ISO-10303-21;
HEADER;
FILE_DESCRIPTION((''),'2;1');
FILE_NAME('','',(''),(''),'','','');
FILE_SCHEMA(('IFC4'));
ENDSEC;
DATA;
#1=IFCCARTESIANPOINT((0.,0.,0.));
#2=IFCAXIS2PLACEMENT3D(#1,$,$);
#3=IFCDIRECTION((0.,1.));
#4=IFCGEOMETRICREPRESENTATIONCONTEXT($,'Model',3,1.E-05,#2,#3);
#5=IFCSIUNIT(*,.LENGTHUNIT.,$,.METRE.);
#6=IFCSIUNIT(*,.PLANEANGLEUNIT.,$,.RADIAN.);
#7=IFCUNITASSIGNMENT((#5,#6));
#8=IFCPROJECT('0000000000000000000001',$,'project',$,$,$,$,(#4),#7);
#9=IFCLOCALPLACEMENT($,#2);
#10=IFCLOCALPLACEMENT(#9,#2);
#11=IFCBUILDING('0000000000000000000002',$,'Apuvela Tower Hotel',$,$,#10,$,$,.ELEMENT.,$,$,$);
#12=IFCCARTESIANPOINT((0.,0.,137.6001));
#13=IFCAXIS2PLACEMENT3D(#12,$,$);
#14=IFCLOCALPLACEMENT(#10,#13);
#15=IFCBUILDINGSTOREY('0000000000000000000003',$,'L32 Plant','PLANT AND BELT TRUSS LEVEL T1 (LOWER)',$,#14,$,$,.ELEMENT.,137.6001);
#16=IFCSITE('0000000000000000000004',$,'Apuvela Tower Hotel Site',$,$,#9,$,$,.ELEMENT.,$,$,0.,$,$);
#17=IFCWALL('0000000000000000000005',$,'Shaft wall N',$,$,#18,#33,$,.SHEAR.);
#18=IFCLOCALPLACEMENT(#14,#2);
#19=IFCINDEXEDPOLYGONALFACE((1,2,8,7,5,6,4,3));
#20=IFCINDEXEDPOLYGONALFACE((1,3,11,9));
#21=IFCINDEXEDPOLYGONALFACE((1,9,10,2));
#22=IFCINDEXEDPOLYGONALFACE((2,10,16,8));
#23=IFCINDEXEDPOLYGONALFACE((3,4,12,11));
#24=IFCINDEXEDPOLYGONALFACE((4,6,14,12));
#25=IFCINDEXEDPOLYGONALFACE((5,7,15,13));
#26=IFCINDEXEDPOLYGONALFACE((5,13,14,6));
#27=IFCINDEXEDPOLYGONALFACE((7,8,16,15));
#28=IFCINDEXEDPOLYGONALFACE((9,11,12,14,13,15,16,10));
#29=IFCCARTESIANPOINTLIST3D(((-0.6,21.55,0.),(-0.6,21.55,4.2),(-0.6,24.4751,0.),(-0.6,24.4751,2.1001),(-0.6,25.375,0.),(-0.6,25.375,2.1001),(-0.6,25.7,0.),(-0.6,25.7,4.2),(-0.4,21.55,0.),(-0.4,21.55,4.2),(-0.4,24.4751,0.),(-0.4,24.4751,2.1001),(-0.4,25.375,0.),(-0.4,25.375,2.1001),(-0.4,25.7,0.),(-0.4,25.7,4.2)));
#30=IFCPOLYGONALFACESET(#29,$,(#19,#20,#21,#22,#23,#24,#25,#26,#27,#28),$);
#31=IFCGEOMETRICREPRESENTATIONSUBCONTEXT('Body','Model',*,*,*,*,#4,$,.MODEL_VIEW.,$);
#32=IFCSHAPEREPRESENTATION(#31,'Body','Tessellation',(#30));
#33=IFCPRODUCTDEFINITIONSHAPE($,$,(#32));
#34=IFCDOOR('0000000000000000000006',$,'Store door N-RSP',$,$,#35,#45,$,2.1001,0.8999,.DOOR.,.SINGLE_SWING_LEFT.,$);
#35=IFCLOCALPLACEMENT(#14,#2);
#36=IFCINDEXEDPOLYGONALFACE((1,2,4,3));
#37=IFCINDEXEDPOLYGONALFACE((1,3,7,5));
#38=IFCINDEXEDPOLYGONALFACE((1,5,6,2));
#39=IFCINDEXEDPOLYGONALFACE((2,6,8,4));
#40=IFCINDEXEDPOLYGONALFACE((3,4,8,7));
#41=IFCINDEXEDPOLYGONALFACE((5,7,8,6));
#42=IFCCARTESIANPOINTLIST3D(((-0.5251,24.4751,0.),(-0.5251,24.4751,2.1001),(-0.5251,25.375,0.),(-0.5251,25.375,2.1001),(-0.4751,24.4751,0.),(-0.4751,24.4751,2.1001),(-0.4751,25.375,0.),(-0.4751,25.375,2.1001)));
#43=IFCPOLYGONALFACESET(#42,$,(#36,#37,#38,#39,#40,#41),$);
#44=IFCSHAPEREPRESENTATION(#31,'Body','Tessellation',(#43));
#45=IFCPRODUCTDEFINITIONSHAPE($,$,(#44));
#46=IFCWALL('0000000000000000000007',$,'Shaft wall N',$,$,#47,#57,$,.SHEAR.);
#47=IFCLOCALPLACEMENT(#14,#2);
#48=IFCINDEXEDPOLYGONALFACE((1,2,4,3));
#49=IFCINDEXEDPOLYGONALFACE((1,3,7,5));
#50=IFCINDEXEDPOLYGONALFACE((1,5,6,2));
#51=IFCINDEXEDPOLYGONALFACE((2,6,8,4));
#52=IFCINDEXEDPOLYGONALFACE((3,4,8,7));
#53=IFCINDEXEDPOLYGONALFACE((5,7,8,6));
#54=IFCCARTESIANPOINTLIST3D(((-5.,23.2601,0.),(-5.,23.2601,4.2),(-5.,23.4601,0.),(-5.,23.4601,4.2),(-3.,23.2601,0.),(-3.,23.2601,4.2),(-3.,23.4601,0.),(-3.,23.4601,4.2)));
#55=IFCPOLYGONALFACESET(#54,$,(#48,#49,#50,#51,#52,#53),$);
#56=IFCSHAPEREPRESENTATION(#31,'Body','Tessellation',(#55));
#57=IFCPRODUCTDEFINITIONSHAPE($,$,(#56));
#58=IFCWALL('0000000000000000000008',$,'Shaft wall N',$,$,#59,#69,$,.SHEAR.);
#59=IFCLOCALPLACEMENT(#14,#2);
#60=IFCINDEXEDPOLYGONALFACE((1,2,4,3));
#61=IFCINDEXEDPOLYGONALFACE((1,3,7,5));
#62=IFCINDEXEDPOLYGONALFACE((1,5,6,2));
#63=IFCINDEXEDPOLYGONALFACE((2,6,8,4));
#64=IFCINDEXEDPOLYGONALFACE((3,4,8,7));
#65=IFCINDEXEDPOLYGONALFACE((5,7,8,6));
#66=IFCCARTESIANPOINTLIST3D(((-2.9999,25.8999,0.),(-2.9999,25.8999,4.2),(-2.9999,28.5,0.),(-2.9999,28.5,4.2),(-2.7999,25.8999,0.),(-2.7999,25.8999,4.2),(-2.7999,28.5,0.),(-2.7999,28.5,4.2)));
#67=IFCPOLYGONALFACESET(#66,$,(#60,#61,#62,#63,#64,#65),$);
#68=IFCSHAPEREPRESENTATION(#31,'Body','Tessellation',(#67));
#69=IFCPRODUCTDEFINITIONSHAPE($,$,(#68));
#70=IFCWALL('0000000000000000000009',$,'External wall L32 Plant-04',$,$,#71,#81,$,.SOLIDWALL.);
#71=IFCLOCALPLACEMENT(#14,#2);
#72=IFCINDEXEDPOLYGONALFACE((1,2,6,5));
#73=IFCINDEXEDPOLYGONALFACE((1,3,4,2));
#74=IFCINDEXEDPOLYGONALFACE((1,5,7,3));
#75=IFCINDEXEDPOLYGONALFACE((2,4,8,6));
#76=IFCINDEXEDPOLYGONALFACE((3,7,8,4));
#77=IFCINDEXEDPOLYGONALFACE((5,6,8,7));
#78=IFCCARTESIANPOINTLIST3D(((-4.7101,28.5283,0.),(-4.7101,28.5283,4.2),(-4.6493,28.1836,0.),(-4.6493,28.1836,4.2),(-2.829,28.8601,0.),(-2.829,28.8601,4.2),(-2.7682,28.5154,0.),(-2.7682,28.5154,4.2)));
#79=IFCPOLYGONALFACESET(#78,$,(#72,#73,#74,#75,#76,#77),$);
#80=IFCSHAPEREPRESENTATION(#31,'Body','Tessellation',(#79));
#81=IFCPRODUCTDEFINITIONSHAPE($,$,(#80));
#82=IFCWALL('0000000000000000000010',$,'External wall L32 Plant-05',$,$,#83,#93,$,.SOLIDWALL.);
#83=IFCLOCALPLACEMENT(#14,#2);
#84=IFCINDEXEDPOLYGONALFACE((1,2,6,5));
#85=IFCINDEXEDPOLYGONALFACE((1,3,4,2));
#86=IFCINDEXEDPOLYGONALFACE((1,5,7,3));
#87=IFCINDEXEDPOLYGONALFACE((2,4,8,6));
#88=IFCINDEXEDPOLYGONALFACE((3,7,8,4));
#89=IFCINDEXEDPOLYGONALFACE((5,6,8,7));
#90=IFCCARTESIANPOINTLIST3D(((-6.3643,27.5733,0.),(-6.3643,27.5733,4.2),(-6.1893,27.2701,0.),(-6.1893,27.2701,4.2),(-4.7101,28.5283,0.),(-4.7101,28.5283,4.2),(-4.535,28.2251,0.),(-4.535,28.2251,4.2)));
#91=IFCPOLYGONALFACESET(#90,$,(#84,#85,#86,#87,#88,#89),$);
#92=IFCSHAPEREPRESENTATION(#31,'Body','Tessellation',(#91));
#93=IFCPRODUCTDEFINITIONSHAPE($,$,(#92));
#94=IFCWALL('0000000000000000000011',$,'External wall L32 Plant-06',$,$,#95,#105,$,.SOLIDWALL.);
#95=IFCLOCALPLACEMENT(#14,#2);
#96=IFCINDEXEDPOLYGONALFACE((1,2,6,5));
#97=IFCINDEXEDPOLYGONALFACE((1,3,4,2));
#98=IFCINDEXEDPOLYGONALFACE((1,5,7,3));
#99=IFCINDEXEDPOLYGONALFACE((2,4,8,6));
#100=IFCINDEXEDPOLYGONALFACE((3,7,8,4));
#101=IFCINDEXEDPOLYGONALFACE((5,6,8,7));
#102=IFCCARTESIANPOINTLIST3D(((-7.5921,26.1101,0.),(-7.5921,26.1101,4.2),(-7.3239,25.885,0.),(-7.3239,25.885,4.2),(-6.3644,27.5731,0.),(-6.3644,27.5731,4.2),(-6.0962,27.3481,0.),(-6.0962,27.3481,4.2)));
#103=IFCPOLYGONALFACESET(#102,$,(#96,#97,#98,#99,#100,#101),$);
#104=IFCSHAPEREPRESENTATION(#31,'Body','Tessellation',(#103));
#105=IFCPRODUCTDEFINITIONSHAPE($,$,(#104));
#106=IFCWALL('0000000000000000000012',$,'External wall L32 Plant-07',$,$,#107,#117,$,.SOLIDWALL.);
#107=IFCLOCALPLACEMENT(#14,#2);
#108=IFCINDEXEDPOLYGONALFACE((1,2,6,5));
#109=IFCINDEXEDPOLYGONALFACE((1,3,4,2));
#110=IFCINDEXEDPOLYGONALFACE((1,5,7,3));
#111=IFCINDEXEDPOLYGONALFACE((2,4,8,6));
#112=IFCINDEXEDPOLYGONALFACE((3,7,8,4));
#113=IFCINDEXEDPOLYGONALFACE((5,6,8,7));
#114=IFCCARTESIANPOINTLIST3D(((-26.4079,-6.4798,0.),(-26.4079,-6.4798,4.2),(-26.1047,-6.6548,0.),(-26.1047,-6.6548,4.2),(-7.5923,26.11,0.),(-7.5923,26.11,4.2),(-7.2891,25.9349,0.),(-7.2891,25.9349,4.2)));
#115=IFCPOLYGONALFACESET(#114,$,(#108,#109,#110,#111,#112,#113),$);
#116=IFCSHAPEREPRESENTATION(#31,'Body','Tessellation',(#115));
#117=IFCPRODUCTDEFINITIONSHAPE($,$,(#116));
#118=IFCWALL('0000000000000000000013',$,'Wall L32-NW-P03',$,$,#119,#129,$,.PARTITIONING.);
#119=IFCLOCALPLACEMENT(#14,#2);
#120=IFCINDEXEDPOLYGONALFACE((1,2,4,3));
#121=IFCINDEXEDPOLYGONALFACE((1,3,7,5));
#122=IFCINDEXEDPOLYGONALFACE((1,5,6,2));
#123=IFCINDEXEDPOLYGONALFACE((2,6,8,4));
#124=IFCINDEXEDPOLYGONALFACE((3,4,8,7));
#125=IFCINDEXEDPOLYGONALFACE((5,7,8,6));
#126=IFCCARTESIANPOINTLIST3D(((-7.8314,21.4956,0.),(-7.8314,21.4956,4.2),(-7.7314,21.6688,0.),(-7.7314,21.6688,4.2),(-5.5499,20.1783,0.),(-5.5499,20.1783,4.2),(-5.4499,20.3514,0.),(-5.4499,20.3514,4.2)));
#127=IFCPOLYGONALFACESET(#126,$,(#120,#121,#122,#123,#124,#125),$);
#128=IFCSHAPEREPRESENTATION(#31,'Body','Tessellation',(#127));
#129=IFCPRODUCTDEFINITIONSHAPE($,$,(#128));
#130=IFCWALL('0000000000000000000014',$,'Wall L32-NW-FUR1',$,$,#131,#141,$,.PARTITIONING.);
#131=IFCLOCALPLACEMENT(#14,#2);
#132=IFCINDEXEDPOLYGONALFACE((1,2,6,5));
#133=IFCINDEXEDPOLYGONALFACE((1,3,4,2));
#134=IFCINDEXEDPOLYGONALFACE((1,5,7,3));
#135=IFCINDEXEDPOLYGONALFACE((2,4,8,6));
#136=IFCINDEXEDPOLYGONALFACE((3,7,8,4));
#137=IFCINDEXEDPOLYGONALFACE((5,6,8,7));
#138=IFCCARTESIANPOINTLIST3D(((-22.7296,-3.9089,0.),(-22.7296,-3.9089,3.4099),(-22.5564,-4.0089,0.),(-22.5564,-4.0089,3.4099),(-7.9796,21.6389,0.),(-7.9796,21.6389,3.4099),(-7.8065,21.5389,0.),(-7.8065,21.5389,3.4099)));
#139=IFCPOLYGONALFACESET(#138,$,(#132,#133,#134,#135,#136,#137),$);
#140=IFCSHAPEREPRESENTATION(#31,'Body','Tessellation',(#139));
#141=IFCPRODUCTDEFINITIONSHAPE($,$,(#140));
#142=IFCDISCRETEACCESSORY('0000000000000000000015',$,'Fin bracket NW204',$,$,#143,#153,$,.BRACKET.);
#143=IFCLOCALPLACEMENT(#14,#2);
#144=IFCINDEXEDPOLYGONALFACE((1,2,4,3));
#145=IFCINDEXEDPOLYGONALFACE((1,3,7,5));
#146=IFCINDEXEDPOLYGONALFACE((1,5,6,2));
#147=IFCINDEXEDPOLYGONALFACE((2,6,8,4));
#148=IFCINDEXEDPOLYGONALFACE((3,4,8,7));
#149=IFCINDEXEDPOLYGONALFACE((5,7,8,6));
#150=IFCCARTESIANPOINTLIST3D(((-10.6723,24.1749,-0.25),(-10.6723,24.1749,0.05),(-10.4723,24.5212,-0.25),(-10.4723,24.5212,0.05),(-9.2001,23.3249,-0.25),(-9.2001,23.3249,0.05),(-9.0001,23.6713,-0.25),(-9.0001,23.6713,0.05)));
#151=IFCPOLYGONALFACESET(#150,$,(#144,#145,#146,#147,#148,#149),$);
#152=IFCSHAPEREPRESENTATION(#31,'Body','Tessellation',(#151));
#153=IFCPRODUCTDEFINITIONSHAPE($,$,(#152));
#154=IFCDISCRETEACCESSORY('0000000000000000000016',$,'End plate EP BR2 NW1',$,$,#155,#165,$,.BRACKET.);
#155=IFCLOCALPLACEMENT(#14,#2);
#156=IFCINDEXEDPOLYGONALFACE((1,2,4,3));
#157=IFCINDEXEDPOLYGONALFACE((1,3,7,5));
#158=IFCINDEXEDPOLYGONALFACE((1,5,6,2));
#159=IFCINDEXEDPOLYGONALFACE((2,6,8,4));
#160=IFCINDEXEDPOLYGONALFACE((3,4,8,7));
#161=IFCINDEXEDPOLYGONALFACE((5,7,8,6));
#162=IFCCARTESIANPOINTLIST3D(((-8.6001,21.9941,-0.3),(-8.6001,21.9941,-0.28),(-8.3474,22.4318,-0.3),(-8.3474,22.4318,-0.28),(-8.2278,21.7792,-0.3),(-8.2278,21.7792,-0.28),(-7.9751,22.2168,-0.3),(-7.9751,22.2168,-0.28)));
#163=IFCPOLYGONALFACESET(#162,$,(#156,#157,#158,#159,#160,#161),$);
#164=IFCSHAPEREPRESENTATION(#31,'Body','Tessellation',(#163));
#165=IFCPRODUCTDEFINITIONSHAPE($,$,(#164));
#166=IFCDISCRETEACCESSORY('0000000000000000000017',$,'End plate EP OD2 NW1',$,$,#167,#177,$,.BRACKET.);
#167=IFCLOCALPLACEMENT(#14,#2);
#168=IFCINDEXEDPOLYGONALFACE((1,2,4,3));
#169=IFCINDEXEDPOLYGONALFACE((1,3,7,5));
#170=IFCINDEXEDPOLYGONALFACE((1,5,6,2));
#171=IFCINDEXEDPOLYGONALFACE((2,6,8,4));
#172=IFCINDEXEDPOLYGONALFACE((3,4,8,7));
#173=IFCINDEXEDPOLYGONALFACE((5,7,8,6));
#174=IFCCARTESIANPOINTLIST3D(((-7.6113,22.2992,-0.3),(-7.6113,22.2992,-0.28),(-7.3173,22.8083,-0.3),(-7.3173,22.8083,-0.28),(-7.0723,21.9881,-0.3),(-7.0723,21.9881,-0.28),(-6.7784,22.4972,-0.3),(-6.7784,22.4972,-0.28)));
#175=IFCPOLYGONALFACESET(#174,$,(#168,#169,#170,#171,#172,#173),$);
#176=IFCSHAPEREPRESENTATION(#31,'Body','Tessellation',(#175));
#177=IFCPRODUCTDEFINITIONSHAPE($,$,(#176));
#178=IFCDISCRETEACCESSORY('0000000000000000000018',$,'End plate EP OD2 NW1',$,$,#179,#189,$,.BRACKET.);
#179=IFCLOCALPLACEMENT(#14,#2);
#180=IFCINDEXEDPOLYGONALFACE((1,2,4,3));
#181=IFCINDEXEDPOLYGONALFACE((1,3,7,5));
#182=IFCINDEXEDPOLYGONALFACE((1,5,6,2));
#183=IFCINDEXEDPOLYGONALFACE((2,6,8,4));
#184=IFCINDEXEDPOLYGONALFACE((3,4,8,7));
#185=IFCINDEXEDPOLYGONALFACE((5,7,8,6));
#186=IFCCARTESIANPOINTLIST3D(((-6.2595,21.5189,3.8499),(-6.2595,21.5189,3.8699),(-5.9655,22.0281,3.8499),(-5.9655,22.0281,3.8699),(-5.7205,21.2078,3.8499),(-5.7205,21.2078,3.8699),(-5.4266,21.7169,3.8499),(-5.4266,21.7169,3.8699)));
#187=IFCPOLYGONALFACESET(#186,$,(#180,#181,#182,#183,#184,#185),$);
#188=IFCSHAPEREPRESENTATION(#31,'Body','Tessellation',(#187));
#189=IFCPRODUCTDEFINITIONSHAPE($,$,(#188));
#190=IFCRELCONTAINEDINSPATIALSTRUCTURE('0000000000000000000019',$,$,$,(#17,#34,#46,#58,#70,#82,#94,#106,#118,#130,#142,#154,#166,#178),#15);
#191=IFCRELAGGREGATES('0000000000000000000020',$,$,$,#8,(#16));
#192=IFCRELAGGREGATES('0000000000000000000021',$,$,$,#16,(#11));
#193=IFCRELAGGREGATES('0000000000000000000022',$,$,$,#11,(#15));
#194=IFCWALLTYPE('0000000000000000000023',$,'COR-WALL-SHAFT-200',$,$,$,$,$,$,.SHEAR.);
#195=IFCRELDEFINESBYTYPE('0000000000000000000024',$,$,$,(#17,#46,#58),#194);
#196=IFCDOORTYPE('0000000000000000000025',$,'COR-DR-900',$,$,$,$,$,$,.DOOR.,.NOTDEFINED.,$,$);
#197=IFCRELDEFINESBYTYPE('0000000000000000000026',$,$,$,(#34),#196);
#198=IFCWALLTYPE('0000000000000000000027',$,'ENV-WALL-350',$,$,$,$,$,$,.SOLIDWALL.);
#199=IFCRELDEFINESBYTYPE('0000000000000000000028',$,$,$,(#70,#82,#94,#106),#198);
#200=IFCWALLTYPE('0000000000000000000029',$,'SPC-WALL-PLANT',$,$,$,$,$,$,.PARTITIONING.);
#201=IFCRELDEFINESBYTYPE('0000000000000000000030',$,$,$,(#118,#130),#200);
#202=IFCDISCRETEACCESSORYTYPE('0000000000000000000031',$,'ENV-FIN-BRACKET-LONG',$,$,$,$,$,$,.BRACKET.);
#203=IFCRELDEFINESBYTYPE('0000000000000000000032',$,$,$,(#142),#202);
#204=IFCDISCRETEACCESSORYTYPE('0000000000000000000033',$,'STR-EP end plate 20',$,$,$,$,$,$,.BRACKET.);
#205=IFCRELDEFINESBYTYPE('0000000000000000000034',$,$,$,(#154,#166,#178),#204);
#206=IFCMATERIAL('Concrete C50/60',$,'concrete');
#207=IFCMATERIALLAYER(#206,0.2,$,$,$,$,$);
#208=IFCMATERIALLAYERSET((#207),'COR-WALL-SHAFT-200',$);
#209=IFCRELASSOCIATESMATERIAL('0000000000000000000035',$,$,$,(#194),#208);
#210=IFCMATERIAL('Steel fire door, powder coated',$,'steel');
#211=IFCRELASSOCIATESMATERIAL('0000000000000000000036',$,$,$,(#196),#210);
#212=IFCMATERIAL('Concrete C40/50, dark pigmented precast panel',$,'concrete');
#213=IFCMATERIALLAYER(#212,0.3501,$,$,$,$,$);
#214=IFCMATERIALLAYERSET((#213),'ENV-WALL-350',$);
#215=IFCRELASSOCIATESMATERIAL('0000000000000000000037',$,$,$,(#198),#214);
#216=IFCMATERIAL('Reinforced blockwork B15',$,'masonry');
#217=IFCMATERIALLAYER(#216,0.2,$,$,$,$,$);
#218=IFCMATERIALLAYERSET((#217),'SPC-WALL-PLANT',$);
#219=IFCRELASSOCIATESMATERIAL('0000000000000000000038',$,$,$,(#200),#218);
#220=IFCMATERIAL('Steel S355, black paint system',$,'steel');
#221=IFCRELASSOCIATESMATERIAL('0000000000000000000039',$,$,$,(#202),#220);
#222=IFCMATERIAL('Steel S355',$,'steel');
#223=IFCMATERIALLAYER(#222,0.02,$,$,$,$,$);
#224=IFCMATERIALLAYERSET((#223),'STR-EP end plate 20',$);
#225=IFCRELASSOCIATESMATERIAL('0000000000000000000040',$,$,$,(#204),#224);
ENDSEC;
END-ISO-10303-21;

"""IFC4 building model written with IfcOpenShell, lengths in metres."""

from ifc_helpers import new_model, si_unit, direction, frame, frame_2d, origin, origin_2d, place, context, subcontext, project, spatial, rectangle, extrude, material, layer, layer_set, type_object, element, fill, save


model = new_model("IFC4")

# Units and contexts
model_context = context("Model", 3, precision=1e-05, world=origin(), true_north=direction((0.0, 1.0)))
body_context = subcontext(model_context, "Body", "Model", "MODEL_VIEW")
ifc_project = project(units=[si_unit("LENGTHUNIT", "METRE"), si_unit("PLANEANGLEUNIT", "RADIAN")], contexts=[model_context])

# Site, building, storey
site_placement = place(None, origin())
site = spatial("IfcSite", under=ifc_project, at=site_placement, Name="Apuvela Tower Hotel Site", CompositionType="ELEMENT", RefElevation=0.0)
building_placement = place(site_placement, origin())
building = spatial("IfcBuilding", under=site, at=building_placement, Name="Apuvela Tower Hotel", CompositionType="ELEMENT")
storey_placement = place(building_placement, frame((0.0, 0.0, 137.6001)))
storey = spatial("IfcBuildingStorey", under=building, at=storey_placement, Name="L32 Plant", Description="PLANT AND BELT TRUSS LEVEL T1 (LOWER)", CompositionType="ELEMENT", Elevation=137.6001)

# Shared definitions
ifc_material_1 = material(Name="Steel S355", Category="steel")

# Shared definitions
ifc_material_2 = material(Name="Concrete C50/60", Category="concrete")
ifc_layer_1 = layer(ifc_material_2, 0.2)
ifc_layer_set_1 = layer_set([ifc_layer_1], Name="COR-WALL-SHAFT-200")
wall_type_1 = type_object("IfcWallType", Name="COR-WALL-SHAFT-200", PredefinedType="SHEAR", material=ifc_layer_set_1)

# Wall, opening, door
wall_1_placement = place(storey_placement, frame((-0.5, 21.55, 0.0), z_axis=(0.0, 0.0, 1.0), x_axis=(0.0, 1.0, 0.0)))
wall_1 = element("IfcWall", 1, at=wall_1_placement, inside=storey, type_object=wall_type_1, Name="Shaft wall N", PredefinedType="SHEAR", context=body_context, shape_type="SweptSolid", body=[
    extrude(rectangle(XDim=4.1499, YDim=0.2, at=frame_2d((2.075, 0.0))), origin(), (0.0, 0.0, 1.0), 4.2),
])
opening_placement = place(wall_1_placement, frame((2.925, 0.0, 0.0)))
opening = element("IfcOpeningElement", 2, at=opening_placement, cuts=wall_1, PredefinedType="OPENING", context=body_context, shape_type="SweptSolid", body=[
    extrude(rectangle(XDim=0.8999, YDim=2.1001, at=frame_2d((0.45, 1.05))), frame((0.0, 0.1099, 0.0), z_axis=(0.0, -1.0, 0.0), x_axis=(1.0, 0.0, 0.0)), (0.0, 0.0, 1.0), 0.22),
])
ifc_material_3 = material(Name="Steel fire door, powder coated", Category="steel")
door_type = type_object("IfcDoorType", Name="COR-DR-900", OperationType="NOTDEFINED", PredefinedType="DOOR", material=ifc_material_3)
door_placement = place(opening_placement, frame((0.8999, 0.0, 0.0), z_axis=(0.0, 0.0, 1.0), x_axis=(-1.0, 0.0, 0.0)))
door = element("IfcDoor", 3, at=door_placement, inside=storey, type_object=door_type, Name="Store door N-RSP", OperationType="SINGLE_SWING_LEFT", OverallHeight=2.1001, OverallWidth=0.8999, PredefinedType="DOOR", context=body_context, shape_type="SweptSolid", body=[
    extrude(rectangle(XDim=0.8999, YDim=2.1001, at=frame_2d((0.45, 1.05))), frame((0.0, 0.0249, 0.0), z_axis=(0.0, -1.0, 0.0), x_axis=(1.0, 0.0, 0.0)), (0.0, 0.0, 1.0), 0.05),
])
fill(opening, door)

# Walls
wall_2_placement = place(storey_placement, frame((-3.0, 23.3601, 0.0), z_axis=(0.0, 0.0, 1.0), x_axis=(-1.0, 0.0, 0.0)))
element("IfcWall", 4, at=wall_2_placement, inside=storey, type_object=wall_type_1, Name="Shaft wall N", PredefinedType="SHEAR", context=body_context, shape_type="SweptSolid", body=[
    extrude(rectangle(XDim=2.0, YDim=0.2, at=frame_2d((1.0, 0.0))), origin(), (0.0, 0.0, 1.0), 4.2),
])
wall_3_placement = place(storey_placement, frame((-2.8999, 25.8999, 0.0), z_axis=(0.0, 0.0, 1.0), x_axis=(0.0, 1.0, 0.0)))
element("IfcWall", 5, at=wall_3_placement, inside=storey, type_object=wall_type_1, Name="Shaft wall N", PredefinedType="SHEAR", context=body_context, shape_type="SweptSolid", body=[
    extrude(rectangle(XDim=2.6001, YDim=0.2, at=frame_2d((1.3, 0.0))), origin(), (0.0, 0.0, 1.0), 4.2),
])
ifc_material_4 = material(Name="Concrete C40/50, dark pigmented precast panel", Category="concrete")
ifc_layer_2 = layer(ifc_material_4, 0.3501)
ifc_layer_set_2 = layer_set([ifc_layer_2], Name="ENV-WALL-350")
wall_type_2 = type_object("IfcWallType", Name="ENV-WALL-350", PredefinedType="SOLIDWALL", material=ifc_layer_set_2)
for number, where, z_axis, x_axis, name in (
    (6, (-2.7986, 28.6877, 0.0), (0.0, 0.0, 1.0), (-0.984799, -0.173698, 0.0), "External wall L32 Plant-04"),
    (7, (-4.6226, 28.3767, 0.0), (0.0, 0.0, 1.0), (-0.866032, -0.499988, 0.0), "External wall L32 Plant-05"),
):
    element("IfcWall", number, at=place(storey_placement, frame(where, z_axis=z_axis, x_axis=x_axis)), inside=storey, type_object=wall_type_2, Name=name, PredefinedType="SOLIDWALL", context=body_context, shape_type="SweptSolid", body=[
        extrude(rectangle(XDim=1.9102, YDim=0.3501, at=frame_2d((0.9551, 0.0))), origin(), (0.0, 0.0, 1.0), 4.2),
    ])
wall_4_placement = place(storey_placement, frame((-6.2302, 27.4607, 0.0), z_axis=(0.0, 0.0, 1.0), x_axis=(-0.642808, -0.766027, 0.0)))
element("IfcWall", 8, at=wall_4_placement, inside=storey, type_object=wall_type_2, Name="External wall L32 Plant-06", PredefinedType="SOLIDWALL", context=body_context, shape_type="SweptSolid", body=[
    extrude(rectangle(XDim=1.9099, YDim=0.3501, at=frame_2d((0.9551, 0.0))), origin(), (0.0, 0.0, 1.0), 4.2),
])
wall_5_placement = place(storey_placement, frame((-7.4407, 26.0225, 0.0), z_axis=(0.0, 0.0, 1.0), x_axis=(-0.499998, -0.866026, 0.0)))
element("IfcWall", 9, at=wall_5_placement, inside=storey, type_object=wall_type_2, Name="External wall L32 Plant-07", PredefinedType="SOLIDWALL", context=body_context, shape_type="SweptSolid", body=[
    extrude(rectangle(XDim=37.6313, YDim=0.3501, at=frame_2d((18.8157, 0.0))), origin(), (0.0, 0.0, 1.0), 4.2),
])
ifc_material_5 = material(Name="Reinforced blockwork B15", Category="masonry")
ifc_layer_3 = layer(ifc_material_5, 0.2)
ifc_layer_set_3 = layer_set([ifc_layer_3], Name="SPC-WALL-PLANT")
wall_type_3 = type_object("IfcWallType", Name="SPC-WALL-PLANT", PredefinedType="PARTITIONING", material=ifc_layer_set_3)
wall_6_placement = place(storey_placement, frame((-7.7815, 21.5823, 0.0), z_axis=(0.0, 0.0, 1.0), x_axis=(0.865999, -0.500046, 0.0)))
element("IfcWall", 10, at=wall_6_placement, inside=storey, type_object=wall_type_3, Name="Wall L32-NW-P03", PredefinedType="PARTITIONING", context=body_context, shape_type="SweptSolid", body=[
    extrude(rectangle(XDim=2.6345, YDim=0.2, at=frame_2d((1.3174, 0.0))), origin(), (0.0, 0.0, 1.0), 4.2),
])
wall_7_placement = place(storey_placement, frame((-7.8931, 21.5889, 0.0), z_axis=(0.0, 0.0, 1.0), x_axis=(-0.499999, -0.866026, 0.0)))
element("IfcWall", 11, at=wall_7_placement, inside=storey, type_object=wall_type_3, Name="Wall L32-NW-FUR1", PredefinedType="PARTITIONING", context=body_context, shape_type="SweptSolid", body=[
    extrude(rectangle(XDim=29.5, YDim=0.2, at=frame_2d((14.75, 0.0))), origin(), (0.0, 0.0, 1.0), 3.4099),
])

# Discrete accessories
ifc_material_6 = material(Name="Steel S355, black paint system", Category="steel")
discrete_accessory_type_1 = type_object("IfcDiscreteAccessoryType", Name="ENV-FIN-BRACKET-LONG", PredefinedType="BRACKET", material=ifc_material_6)
discrete_accessory_1_placement = place(storey_placement, frame((-9.8362, 23.9231, -0.25), z_axis=(0.0, 0.0, 1.0), x_axis=(-0.5, -0.866025, 0.0)))
element("IfcDiscreteAccessory", 12, at=discrete_accessory_1_placement, inside=storey, type_object=discrete_accessory_type_1, Name="Fin bracket NW204", PredefinedType="BRACKET", context=body_context, shape_type="SweptSolid", body=[
    extrude(rectangle(XDim=0.3999, YDim=1.7, at=origin_2d()), origin(), (0.0, 0.0, 1.0), 0.3),
])
ifc_layer_4 = layer(ifc_material_1, 0.02)
ifc_layer_set_4 = layer_set([ifc_layer_4], Name="STR-EP end plate 20")
discrete_accessory_type_2 = type_object("IfcDiscreteAccessoryType", Name="STR-EP end plate 20", PredefinedType="BRACKET", material=ifc_layer_set_4)
discrete_accessory_2_placement = place(storey_placement, frame((-8.2876, 22.1055, -0.3), z_axis=(0.0, 0.0, 1.0), x_axis=(-0.5, -0.866025, 0.0)))
element("IfcDiscreteAccessory", 13, at=discrete_accessory_2_placement, inside=storey, type_object=discrete_accessory_type_2, Name="End plate EP BR2 NW1", PredefinedType="BRACKET", context=body_context, shape_type="SweptSolid", body=[
    extrude(rectangle(XDim=0.5054, YDim=0.4299, at=origin_2d()), origin(), (0.0, 0.0, 1.0), 0.02),
])
for number, where, z_axis, x_axis, name in (
    (14, (-7.1948, 22.3982, -0.3), (0.0, 0.0, 1.0), (0.866025, -0.5, 0.0), "End plate EP OD2 NW1"),
    (15, (-5.843, 21.6179, 3.8499), (0.0, 0.0, 1.0), (0.866025, -0.5, 0.0), "End plate EP OD2 NW1"),
):
    element("IfcDiscreteAccessory", number, at=place(storey_placement, frame(where, z_axis=z_axis, x_axis=x_axis)), inside=storey, type_object=discrete_accessory_type_2, Name=name, PredefinedType="BRACKET", context=body_context, shape_type="SweptSolid", body=[
        extrude(rectangle(XDim=0.6223, YDim=0.5879, at=origin_2d()), origin(), (0.0, 0.0, 1.0), 0.02),
    ])

save(model, "model.ifc")
